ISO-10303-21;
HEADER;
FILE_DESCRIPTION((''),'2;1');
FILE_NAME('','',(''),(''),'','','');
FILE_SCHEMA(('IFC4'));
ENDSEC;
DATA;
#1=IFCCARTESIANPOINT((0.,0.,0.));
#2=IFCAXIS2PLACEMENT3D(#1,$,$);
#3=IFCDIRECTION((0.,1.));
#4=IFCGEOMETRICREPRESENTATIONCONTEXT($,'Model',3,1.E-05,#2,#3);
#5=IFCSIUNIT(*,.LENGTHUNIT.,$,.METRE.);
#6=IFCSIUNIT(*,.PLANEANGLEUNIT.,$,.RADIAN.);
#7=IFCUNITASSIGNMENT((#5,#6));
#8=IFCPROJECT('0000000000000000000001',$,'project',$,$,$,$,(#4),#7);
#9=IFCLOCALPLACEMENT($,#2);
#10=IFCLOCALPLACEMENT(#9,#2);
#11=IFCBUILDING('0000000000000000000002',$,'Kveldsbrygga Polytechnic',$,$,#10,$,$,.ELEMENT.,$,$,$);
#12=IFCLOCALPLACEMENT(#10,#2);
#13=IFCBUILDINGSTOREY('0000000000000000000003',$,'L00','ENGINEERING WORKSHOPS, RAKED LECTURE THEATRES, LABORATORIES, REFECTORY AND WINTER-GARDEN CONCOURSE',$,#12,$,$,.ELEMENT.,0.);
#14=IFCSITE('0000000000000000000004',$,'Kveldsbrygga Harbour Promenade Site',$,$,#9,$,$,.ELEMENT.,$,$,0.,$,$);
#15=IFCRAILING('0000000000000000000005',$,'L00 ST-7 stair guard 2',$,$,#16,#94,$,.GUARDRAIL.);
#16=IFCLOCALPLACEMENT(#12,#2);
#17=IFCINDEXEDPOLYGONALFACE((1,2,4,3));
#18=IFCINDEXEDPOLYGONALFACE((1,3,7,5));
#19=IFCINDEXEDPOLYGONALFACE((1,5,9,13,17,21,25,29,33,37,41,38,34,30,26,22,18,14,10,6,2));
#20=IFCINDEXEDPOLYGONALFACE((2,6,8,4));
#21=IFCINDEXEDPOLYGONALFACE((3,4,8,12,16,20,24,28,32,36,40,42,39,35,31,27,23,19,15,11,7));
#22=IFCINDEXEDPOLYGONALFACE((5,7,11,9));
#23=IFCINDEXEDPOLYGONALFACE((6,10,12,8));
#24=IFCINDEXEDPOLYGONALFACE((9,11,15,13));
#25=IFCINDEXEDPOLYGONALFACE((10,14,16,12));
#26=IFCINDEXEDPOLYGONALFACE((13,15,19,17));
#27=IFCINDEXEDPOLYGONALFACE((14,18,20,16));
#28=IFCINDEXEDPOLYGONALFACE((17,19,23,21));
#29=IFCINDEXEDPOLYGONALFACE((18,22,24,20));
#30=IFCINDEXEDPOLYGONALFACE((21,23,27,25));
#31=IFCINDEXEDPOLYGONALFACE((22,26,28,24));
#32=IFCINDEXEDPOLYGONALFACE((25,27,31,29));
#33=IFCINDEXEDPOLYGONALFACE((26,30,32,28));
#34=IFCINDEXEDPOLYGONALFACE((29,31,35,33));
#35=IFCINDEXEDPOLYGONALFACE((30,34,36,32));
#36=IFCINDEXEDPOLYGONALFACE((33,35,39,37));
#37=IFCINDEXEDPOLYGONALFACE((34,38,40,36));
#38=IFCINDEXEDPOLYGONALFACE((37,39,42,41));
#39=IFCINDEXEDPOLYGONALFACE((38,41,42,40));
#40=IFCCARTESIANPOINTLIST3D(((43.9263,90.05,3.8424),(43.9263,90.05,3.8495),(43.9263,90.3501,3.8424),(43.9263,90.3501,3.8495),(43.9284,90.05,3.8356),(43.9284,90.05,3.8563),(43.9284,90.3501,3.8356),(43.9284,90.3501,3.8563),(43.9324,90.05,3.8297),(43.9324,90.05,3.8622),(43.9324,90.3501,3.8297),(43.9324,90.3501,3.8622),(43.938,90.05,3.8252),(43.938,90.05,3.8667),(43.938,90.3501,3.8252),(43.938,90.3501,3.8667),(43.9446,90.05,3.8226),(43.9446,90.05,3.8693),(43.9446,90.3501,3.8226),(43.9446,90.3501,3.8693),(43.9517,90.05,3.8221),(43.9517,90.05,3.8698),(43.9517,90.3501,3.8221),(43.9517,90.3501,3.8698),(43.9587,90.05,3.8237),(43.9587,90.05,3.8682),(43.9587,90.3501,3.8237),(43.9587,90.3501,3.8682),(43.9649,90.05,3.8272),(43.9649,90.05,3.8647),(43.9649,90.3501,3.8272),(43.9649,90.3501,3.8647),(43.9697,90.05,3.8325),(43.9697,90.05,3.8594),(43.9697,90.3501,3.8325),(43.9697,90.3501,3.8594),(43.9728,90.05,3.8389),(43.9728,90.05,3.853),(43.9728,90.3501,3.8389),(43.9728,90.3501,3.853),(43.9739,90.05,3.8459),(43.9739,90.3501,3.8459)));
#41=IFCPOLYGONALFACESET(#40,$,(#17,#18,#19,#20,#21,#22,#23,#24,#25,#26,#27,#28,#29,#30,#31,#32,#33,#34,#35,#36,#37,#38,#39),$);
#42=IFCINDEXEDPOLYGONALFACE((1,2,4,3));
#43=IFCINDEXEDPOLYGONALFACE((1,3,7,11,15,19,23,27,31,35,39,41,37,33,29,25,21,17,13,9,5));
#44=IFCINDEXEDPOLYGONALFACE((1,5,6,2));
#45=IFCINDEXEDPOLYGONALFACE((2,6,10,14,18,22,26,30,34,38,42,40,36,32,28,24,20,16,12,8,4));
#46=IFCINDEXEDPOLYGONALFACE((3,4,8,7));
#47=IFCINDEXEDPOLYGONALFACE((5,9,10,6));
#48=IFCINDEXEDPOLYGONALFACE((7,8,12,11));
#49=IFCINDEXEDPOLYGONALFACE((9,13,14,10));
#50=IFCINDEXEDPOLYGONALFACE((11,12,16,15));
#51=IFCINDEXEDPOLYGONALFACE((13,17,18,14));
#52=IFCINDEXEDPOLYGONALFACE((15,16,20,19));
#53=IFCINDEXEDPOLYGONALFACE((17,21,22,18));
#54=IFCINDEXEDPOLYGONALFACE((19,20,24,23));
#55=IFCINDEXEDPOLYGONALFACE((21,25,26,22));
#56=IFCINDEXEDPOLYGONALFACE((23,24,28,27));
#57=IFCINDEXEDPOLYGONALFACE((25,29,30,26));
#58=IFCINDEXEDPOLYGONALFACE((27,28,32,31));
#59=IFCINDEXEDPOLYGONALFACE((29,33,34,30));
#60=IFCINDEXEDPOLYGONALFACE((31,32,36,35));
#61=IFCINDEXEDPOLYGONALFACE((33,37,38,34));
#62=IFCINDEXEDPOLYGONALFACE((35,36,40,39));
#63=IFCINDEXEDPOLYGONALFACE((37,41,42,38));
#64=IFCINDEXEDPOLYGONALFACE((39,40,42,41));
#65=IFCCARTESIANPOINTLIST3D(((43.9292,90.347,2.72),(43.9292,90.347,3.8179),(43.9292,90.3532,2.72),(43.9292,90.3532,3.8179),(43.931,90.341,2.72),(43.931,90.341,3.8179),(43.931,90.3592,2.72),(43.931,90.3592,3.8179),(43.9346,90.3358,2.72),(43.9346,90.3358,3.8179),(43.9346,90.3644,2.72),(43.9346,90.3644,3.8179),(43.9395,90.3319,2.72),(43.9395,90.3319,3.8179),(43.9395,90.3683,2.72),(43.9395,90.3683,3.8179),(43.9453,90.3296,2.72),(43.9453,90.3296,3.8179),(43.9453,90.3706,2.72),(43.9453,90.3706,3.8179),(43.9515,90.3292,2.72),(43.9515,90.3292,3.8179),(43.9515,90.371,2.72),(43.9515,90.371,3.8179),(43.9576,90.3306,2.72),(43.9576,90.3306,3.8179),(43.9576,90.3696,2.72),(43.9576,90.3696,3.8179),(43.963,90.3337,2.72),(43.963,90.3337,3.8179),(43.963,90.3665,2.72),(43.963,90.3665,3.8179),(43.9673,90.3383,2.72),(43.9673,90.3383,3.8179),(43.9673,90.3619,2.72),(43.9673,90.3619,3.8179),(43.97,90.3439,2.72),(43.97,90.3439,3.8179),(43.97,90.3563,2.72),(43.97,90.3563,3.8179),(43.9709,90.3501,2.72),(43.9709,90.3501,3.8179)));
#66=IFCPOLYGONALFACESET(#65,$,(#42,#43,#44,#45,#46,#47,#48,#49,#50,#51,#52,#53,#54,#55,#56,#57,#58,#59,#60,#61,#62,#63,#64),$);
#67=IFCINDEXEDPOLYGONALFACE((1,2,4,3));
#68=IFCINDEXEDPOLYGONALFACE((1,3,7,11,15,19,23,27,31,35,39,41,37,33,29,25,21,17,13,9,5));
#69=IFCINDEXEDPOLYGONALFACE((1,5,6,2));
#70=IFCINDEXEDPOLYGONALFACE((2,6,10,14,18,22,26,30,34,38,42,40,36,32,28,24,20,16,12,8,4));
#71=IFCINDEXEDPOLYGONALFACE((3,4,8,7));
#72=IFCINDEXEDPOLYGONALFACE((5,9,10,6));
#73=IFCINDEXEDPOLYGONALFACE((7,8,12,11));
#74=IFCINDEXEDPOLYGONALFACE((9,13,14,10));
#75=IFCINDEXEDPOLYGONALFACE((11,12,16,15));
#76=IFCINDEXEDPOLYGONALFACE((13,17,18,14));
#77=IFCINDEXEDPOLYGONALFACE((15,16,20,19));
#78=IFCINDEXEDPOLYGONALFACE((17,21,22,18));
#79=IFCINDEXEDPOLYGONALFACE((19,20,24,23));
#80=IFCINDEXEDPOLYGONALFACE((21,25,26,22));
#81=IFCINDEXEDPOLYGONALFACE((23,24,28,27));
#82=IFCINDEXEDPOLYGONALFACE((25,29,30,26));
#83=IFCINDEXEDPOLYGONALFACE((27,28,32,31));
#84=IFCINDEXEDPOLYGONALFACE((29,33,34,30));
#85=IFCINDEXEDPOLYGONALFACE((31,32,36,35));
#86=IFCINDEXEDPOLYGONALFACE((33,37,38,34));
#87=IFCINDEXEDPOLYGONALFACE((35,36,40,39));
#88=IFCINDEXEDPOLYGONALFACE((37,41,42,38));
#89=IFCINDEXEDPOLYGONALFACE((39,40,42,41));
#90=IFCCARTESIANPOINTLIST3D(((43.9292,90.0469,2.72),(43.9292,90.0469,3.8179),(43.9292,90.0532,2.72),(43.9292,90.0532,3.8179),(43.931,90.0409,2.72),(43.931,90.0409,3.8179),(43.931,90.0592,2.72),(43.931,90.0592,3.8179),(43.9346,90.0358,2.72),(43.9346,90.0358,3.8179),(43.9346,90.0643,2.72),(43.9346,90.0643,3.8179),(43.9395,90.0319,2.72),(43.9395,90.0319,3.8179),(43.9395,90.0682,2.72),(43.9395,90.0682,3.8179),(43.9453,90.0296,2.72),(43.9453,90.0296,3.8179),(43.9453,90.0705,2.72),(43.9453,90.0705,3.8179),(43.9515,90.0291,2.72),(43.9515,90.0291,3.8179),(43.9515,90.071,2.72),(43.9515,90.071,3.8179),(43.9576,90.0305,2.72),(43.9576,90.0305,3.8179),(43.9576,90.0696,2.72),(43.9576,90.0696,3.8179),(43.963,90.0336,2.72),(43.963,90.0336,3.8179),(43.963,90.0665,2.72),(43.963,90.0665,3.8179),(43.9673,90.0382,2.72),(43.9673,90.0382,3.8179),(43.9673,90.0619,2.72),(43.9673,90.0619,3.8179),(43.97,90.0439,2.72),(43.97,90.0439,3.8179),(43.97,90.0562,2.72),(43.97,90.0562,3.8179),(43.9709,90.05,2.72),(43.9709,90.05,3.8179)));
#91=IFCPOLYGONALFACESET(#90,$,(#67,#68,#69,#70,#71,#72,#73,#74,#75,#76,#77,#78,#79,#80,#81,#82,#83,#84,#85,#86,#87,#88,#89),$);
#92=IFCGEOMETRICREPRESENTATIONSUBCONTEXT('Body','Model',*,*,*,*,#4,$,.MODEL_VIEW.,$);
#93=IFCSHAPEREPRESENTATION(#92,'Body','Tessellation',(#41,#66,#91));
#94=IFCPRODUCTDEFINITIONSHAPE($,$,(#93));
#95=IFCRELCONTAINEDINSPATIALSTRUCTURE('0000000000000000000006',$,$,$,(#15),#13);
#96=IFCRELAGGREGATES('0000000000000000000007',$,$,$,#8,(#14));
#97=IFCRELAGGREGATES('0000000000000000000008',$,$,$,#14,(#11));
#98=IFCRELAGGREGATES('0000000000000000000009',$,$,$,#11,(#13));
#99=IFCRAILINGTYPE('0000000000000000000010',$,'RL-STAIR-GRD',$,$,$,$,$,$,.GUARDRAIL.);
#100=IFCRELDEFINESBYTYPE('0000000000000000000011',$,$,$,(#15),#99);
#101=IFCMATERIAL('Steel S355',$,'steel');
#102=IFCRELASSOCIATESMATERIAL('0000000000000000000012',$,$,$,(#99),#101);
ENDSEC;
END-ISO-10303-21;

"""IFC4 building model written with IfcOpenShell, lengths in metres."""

from ifc_helpers import new_model, si_unit, direction, frame, origin, origin_2d, place, context, subcontext, project, spatial, circle, extrude, material, type_object, element, save


model = new_model("IFC4")

# Units and contexts
model_context = context("Model", 3, precision=1e-05, world=origin(), true_north=direction((0.0, 1.0)))
body_context = subcontext(model_context, "Body", "Model", "MODEL_VIEW")
ifc_project = project(units=[si_unit("LENGTHUNIT", "METRE"), si_unit("PLANEANGLEUNIT", "RADIAN")], contexts=[model_context])

# Site, building, storey
site_placement = place(None, origin())
site = spatial("IfcSite", under=ifc_project, at=site_placement, Name="Kveldsbrygga Harbour Promenade Site", CompositionType="ELEMENT", RefElevation=0.0)
building_placement = place(site_placement, origin())
building = spatial("IfcBuilding", under=site, at=building_placement, Name="Kveldsbrygga Polytechnic", CompositionType="ELEMENT")
storey_placement = place(building_placement, origin())
storey = spatial("IfcBuildingStorey", under=building, at=storey_placement, Name="L00", Description="ENGINEERING WORKSHOPS, RAKED LECTURE THEATRES, LABORATORIES, REFECTORY AND WINTER-GARDEN CONCOURSE", CompositionType="ELEMENT", Elevation=0.0)

# Railing
ifc_material_1 = material(Name="Steel S355", Category="steel")
railing_type_1 = type_object("IfcRailingType", Name="RL-STAIR-GRD", PredefinedType="GUARDRAIL", material=ifc_material_1)
railing_1_placement = place(storey_placement, frame((43.95, 90.3501, 2.72)))
element("IfcRailing", 1, at=railing_1_placement, inside=storey, type_object=railing_type_1, Name="L00 ST-7 stair guard 2", PredefinedType="GUARDRAIL", context=body_context, shape_type="SweptSolid", body=[
    extrude(circle(Radius=0.0239, at=origin_2d()), frame((0.0, 0.0, 1.126), z_axis=(0.0, -1.0, 0.0), x_axis=(1.0, 0.0, 0.0)), (0.0, 0.0, 1.0), 0.3),
    extrude(circle(Radius=0.021, at=origin_2d()), origin(), (0.0, 0.0, 1.0), 1.0979),
    extrude(circle(Radius=0.021, at=origin_2d()), frame((0.0, -0.3, 0.0)), (0.0, 0.0, 1.0), 1.0979),
])

save(model, "model.ifc")
